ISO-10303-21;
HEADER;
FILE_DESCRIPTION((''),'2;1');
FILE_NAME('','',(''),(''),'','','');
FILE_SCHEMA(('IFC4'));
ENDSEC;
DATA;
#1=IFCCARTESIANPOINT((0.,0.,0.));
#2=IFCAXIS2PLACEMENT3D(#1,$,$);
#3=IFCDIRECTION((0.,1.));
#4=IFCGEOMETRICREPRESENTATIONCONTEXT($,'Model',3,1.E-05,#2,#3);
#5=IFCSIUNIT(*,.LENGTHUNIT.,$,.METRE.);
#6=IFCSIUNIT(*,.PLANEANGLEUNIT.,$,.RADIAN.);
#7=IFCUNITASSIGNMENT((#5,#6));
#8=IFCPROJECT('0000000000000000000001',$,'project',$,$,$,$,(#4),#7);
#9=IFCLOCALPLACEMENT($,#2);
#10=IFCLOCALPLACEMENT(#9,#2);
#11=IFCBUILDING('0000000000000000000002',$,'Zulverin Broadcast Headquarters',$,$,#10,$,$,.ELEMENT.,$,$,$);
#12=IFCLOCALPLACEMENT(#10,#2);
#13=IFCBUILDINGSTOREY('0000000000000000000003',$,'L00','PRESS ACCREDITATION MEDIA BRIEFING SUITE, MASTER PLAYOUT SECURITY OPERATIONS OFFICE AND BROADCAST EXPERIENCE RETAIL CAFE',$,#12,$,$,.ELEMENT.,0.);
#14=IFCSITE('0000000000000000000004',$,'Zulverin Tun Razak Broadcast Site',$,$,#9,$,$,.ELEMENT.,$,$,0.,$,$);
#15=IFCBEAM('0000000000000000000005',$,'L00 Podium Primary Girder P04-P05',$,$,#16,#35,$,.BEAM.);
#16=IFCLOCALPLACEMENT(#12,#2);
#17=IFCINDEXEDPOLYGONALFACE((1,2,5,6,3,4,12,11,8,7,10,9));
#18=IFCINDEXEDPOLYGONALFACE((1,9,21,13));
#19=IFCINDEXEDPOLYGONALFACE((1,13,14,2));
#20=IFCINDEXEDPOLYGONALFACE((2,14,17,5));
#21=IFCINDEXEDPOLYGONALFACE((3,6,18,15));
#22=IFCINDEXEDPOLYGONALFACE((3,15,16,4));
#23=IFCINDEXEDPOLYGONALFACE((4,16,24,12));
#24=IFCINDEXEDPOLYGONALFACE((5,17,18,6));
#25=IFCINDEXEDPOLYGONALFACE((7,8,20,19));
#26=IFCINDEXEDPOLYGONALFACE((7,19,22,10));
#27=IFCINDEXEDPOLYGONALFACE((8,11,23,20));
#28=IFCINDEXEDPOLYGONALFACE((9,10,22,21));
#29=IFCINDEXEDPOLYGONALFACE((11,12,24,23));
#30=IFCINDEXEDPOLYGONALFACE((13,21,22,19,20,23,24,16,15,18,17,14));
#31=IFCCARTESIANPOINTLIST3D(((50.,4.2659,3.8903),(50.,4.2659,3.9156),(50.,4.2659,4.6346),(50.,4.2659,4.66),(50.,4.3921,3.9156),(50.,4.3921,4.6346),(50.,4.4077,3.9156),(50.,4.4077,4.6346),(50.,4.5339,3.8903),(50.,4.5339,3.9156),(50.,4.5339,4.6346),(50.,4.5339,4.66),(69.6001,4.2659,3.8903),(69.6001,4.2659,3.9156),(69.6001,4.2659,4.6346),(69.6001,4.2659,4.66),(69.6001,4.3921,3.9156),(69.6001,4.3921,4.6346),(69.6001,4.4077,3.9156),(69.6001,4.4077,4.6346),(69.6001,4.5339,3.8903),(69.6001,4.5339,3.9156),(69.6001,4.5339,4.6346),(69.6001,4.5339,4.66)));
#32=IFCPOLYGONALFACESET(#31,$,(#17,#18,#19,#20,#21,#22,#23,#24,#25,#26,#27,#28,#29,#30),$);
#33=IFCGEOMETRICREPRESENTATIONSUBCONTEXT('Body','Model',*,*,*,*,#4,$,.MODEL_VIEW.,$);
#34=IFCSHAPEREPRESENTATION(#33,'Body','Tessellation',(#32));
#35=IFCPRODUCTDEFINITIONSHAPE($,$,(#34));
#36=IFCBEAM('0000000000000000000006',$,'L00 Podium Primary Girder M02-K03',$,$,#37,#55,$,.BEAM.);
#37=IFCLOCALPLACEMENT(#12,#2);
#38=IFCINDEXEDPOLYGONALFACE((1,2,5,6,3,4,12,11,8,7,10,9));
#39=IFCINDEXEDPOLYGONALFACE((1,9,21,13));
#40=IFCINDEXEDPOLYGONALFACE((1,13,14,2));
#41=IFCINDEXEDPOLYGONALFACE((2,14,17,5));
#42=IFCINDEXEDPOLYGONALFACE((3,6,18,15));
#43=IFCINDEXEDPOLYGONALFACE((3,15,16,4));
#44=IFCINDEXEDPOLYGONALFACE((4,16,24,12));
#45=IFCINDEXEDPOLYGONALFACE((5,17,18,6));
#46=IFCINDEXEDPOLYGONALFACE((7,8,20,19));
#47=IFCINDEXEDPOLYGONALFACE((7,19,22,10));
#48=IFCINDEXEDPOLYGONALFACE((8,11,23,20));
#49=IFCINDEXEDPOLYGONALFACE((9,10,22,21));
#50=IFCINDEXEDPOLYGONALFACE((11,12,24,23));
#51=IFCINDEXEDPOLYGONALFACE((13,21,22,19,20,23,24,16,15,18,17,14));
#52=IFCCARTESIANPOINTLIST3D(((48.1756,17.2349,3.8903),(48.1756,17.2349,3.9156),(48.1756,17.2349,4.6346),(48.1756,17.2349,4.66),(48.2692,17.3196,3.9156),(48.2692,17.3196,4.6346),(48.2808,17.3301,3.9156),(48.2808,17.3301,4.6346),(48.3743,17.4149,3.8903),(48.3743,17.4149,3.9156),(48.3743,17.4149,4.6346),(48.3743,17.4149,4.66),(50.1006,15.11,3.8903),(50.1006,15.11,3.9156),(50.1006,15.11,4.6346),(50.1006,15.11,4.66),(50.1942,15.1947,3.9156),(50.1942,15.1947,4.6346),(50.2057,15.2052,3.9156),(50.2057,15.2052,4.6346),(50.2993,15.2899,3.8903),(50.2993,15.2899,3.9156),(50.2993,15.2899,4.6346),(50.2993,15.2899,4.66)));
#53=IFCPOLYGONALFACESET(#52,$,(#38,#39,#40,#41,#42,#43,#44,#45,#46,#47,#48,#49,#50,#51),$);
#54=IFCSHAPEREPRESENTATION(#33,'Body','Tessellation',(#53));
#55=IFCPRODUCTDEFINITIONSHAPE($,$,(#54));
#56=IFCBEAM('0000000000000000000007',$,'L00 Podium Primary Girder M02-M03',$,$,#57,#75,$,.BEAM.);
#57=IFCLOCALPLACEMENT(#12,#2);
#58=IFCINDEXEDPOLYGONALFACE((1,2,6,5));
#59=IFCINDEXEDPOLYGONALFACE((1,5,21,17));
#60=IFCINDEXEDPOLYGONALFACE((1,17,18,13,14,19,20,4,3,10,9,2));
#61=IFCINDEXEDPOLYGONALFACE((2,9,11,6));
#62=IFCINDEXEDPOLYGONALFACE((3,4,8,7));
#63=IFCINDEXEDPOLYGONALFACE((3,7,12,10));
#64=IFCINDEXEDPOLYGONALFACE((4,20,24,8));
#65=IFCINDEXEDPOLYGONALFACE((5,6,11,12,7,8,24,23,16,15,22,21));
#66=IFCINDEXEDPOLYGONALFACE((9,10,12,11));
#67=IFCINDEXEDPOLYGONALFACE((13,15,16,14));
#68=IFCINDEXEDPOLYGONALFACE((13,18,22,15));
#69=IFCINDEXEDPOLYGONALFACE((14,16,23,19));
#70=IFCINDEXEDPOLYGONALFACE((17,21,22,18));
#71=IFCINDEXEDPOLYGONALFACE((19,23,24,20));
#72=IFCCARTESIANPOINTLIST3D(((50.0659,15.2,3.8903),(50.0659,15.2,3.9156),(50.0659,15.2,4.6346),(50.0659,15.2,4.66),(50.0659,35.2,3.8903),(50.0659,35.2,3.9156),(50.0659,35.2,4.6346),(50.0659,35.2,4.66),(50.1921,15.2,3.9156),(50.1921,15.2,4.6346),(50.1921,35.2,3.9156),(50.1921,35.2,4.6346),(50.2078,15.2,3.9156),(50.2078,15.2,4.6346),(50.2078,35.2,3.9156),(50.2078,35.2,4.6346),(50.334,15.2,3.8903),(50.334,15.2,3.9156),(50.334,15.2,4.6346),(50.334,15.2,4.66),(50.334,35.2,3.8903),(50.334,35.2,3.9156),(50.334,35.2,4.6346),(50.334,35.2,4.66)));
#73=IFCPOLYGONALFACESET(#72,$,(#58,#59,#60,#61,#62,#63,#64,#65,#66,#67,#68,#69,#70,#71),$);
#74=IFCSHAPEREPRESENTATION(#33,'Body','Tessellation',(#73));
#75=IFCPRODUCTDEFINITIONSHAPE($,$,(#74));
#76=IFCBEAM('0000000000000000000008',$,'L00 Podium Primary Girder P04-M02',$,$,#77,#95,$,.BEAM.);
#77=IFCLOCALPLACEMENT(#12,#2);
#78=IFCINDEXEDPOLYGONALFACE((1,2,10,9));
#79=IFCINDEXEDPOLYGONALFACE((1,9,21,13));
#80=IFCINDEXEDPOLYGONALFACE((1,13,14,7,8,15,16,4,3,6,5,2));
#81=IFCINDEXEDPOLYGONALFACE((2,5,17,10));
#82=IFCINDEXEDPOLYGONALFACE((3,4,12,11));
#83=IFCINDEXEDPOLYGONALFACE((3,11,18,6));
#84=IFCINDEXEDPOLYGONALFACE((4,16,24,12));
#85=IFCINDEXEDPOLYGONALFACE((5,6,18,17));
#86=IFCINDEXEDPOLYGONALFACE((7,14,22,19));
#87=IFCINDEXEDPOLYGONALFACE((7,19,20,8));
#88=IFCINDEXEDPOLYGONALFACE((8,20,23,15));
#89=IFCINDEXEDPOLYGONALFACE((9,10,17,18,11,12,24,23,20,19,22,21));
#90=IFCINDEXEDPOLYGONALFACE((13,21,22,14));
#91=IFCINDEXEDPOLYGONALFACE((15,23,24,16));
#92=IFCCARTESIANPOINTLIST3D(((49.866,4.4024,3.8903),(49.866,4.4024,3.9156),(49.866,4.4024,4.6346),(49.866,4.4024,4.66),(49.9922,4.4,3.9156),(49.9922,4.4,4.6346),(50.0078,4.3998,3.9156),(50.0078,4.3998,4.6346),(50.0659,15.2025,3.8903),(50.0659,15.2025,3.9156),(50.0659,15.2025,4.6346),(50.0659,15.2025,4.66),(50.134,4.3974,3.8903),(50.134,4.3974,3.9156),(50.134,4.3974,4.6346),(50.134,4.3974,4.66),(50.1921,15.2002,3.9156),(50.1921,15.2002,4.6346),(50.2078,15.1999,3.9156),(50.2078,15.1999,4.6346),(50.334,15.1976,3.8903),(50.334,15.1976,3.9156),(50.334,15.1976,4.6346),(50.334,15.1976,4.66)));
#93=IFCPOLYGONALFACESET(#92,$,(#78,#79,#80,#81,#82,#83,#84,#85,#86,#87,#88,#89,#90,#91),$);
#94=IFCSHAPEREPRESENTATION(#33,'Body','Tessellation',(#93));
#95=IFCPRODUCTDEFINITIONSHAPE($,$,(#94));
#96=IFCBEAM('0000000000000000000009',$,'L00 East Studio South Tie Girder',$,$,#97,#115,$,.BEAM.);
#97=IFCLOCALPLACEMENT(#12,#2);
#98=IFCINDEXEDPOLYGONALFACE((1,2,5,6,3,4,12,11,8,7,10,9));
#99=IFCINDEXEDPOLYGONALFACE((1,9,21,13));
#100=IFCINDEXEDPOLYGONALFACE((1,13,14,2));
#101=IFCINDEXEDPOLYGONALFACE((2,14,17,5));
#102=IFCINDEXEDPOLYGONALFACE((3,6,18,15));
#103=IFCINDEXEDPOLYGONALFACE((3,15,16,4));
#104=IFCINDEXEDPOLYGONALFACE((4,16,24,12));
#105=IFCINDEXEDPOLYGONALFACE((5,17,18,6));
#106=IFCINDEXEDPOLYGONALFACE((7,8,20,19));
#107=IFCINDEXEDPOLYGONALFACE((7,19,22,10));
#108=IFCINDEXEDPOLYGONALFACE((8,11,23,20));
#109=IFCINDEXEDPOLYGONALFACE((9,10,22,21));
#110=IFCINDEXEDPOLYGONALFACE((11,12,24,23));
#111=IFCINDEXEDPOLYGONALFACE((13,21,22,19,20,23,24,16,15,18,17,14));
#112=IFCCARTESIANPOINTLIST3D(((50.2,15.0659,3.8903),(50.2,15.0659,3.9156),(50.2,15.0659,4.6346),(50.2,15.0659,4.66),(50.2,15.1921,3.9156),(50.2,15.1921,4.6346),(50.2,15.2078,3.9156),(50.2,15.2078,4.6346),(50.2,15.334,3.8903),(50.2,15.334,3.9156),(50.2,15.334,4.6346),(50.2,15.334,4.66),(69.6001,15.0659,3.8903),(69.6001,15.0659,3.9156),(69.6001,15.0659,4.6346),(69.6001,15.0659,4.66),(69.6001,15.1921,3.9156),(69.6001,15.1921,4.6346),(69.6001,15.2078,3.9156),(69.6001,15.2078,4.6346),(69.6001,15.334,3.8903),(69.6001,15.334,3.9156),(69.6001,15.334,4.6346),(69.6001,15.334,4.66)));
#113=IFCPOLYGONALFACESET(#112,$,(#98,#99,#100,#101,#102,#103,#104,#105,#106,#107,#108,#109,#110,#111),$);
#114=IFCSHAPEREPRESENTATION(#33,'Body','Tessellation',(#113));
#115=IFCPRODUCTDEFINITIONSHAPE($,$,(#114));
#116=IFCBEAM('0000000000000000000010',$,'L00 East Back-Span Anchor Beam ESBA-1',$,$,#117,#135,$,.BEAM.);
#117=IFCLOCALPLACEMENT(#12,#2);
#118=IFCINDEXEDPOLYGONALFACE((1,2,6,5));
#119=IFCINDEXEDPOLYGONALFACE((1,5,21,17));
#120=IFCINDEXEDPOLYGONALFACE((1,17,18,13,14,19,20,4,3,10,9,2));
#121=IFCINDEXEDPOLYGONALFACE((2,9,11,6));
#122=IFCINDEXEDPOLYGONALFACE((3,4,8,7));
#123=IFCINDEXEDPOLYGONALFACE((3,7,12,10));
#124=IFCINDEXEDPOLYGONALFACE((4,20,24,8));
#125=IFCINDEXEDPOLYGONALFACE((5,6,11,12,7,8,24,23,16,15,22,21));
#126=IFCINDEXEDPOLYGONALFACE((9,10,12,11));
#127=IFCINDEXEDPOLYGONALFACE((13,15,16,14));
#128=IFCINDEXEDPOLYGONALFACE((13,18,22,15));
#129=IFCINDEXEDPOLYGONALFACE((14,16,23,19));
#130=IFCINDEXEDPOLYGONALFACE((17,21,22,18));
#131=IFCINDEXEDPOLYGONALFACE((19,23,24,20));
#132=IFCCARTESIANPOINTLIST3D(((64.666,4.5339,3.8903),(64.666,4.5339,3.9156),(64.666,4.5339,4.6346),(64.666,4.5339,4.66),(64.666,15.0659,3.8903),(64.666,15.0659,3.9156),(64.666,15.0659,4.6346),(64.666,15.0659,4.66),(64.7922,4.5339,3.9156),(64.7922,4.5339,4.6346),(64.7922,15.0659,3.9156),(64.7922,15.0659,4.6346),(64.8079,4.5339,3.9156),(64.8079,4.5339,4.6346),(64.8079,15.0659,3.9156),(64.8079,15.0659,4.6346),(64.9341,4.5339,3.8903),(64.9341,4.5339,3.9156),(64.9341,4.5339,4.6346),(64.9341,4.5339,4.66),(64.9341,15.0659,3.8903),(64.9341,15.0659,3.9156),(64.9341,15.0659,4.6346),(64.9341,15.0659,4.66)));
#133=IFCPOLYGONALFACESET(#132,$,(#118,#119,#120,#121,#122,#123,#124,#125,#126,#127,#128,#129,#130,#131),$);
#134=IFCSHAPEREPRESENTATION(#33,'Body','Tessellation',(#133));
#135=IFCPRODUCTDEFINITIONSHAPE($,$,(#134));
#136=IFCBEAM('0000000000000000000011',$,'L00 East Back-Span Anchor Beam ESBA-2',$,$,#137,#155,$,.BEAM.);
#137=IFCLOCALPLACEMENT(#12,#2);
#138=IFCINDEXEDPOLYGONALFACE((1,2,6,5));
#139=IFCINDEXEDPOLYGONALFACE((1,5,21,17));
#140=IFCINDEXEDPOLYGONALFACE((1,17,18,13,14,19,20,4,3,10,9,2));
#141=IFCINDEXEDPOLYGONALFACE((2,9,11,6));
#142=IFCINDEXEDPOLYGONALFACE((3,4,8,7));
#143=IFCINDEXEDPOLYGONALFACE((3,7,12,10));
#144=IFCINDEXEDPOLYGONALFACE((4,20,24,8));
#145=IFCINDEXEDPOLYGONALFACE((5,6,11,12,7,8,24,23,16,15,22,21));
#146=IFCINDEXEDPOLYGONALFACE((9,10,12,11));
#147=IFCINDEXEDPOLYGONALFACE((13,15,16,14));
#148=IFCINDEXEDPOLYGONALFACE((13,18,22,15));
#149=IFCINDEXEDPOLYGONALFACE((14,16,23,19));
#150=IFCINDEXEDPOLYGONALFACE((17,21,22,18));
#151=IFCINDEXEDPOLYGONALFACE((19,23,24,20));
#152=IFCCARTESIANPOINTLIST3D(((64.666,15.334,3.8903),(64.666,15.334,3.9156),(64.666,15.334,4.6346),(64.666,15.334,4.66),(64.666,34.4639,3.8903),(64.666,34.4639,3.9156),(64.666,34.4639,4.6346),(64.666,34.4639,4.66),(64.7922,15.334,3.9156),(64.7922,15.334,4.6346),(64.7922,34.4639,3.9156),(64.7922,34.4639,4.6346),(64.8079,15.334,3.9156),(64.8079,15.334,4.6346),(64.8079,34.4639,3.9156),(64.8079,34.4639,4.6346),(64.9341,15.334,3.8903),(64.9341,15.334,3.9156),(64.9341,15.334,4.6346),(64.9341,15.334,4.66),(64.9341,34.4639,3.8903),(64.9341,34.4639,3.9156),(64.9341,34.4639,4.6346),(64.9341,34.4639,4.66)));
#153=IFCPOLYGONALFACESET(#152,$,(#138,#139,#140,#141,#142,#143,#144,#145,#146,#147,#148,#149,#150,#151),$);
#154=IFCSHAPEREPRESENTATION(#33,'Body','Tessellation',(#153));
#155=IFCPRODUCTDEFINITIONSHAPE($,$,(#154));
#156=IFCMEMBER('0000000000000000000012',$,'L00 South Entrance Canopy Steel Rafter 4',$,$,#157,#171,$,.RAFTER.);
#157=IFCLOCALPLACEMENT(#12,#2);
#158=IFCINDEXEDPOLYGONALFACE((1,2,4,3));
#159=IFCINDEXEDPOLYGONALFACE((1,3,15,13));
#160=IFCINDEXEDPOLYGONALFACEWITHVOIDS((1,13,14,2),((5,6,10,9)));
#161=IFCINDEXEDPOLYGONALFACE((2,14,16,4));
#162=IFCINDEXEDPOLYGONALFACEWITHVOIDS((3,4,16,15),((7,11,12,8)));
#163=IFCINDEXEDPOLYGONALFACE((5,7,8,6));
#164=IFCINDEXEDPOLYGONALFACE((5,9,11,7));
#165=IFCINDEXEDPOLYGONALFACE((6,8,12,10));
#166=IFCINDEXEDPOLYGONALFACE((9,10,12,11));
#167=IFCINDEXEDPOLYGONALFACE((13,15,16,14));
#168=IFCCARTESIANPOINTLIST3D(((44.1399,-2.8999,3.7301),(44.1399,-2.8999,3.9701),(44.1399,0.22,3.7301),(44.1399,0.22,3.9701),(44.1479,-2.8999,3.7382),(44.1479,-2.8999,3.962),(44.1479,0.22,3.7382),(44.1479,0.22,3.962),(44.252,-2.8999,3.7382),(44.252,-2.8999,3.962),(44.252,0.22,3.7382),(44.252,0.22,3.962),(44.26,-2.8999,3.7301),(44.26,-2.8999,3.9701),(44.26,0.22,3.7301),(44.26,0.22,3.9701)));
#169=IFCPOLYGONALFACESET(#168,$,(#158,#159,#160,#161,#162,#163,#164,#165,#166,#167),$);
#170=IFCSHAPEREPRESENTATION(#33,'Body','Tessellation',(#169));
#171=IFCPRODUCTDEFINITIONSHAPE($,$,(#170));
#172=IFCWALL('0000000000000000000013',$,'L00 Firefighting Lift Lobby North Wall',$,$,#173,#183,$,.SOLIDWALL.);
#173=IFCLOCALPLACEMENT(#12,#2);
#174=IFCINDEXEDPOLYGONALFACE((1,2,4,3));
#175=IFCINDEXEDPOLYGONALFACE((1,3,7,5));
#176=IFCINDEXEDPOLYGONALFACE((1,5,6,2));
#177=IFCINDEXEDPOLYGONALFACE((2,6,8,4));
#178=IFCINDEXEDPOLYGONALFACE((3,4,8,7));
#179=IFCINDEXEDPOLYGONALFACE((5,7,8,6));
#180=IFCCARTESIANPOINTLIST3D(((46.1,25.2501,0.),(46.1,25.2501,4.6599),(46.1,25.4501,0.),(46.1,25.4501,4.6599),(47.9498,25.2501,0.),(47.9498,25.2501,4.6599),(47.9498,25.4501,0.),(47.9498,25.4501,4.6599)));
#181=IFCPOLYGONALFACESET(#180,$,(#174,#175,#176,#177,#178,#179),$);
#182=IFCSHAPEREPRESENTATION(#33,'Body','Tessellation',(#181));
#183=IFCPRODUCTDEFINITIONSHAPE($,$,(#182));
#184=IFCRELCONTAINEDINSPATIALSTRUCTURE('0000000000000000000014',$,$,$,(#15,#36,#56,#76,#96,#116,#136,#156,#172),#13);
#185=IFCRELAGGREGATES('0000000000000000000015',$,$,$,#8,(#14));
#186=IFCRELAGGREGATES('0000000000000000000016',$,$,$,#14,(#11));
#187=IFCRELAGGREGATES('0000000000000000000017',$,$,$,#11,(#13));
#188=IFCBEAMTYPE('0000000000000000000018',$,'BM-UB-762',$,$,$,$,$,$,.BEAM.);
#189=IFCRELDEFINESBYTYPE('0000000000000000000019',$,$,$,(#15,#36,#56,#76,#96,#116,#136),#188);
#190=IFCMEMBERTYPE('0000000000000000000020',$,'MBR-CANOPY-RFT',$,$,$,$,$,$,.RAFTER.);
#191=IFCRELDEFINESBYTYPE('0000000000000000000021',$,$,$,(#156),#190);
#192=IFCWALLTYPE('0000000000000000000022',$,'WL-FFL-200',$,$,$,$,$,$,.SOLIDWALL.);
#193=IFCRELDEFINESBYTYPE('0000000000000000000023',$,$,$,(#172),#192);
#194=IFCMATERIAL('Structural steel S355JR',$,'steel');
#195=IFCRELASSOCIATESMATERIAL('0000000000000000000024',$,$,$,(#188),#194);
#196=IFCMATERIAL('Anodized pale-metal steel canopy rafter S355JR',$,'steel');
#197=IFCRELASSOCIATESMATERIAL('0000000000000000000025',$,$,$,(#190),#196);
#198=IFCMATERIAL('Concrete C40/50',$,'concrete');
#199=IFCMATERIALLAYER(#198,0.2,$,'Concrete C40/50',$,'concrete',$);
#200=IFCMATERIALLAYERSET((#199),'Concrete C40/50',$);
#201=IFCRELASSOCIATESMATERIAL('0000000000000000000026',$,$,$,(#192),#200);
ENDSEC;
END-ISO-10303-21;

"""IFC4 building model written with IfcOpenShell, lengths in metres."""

from ifc_helpers import new_model, si_unit, direction, frame, frame_2d, origin, origin_2d, place, context, subcontext, project, spatial, rectangle, hollow_rectangle, i_section, extrude, material, layer, layer_set, material_profile, profile_set, type_object, element, save


model = new_model("IFC4")

# Units and contexts
model_context = context("Model", 3, precision=1e-05, world=origin(), true_north=direction((0.0, 1.0)))
body_context = subcontext(model_context, "Body", "Model", "MODEL_VIEW")
ifc_project = project(units=[si_unit("LENGTHUNIT", "METRE"), si_unit("PLANEANGLEUNIT", "RADIAN")], contexts=[model_context])

# Site, building, storey
site_placement = place(None, origin())
site = spatial("IfcSite", under=ifc_project, at=site_placement, Name="Zulverin Tun Razak Broadcast Site", CompositionType="ELEMENT", RefElevation=0.0)
building_placement = place(site_placement, origin())
building = spatial("IfcBuilding", under=site, at=building_placement, Name="Zulverin Broadcast Headquarters", CompositionType="ELEMENT")
storey_placement = place(building_placement, origin())
storey = spatial("IfcBuildingStorey", under=building, at=storey_placement, Name="L00", Description="PRESS ACCREDITATION MEDIA BRIEFING SUITE, MASTER PLAYOUT SECURITY OPERATIONS OFFICE AND BROADCAST EXPERIENCE RETAIL CAFE", CompositionType="ELEMENT", Elevation=0.0)

# Beams
ifc_material_1 = material(Name="Structural steel S355JR", Category="steel")
ifc_material_profile_1 = material_profile(ifc_material_1, i_section(OverallWidth=0.2681, OverallDepth=0.7698, WebThickness=0.0156, FlangeThickness=0.0254, at=origin_2d()), Name="Structural steel S355JR", Category="steel")
ifc_profile_set_1 = profile_set([ifc_material_profile_1], Name="Structural steel S355JR")
beam_type_1 = type_object("IfcBeamType", Name="BM-UB-762", PredefinedType="BEAM", material=ifc_profile_set_1)
beam_1_placement = place(storey_placement, frame((50.0, 4.3999, 4.2751), z_axis=(1.0, 0.0, 0.0), x_axis=(0.0, 1.0, 0.0)))
element("IfcBeam", 1, at=beam_1_placement, inside=storey, type_object=beam_type_1, Name="L00 Podium Primary Girder P04-P05", PredefinedType="BEAM", context=body_context, shape_type="SweptSolid", body=[
    extrude(i_section(OverallWidth=0.2681, OverallDepth=0.7698, WebThickness=0.0156, FlangeThickness=0.0254, at=origin_2d()), origin(), (0.0, 0.0, 1.0), 19.6001),
])
beam_2_placement = place(storey_placement, frame((50.2, 15.2, 4.2751), z_axis=(-0.671379, 0.741114, 0.0), x_axis=(-0.741114, -0.671379, 0.0)))
element("IfcBeam", 2, at=beam_2_placement, inside=storey, type_object=beam_type_1, Name="L00 Podium Primary Girder M02-K03", PredefinedType="BEAM", context=body_context, shape_type="SweptSolid", body=[
    extrude(i_section(OverallWidth=0.2681, OverallDepth=0.7698, WebThickness=0.0156, FlangeThickness=0.0254, at=origin_2d()), origin(), (0.0, 0.0, 1.0), 2.8672),
])
beam_3_placement = place(storey_placement, frame((50.2, 15.2, 4.2751), z_axis=(0.0, 1.0, 0.0), x_axis=(-1.0, 0.0, 0.0)))
element("IfcBeam", 3, at=beam_3_placement, inside=storey, type_object=beam_type_1, Name="L00 Podium Primary Girder M02-M03", PredefinedType="BEAM", context=body_context, shape_type="SweptSolid", body=[
    extrude(i_section(OverallWidth=0.2681, OverallDepth=0.7698, WebThickness=0.0156, FlangeThickness=0.0254, at=origin_2d()), origin(), (0.0, 0.0, 1.0), 20.0),
])
beam_4_placement = place(storey_placement, frame((50.0, 4.3999, 4.2751), z_axis=(0.018511, 0.999829, 0.0), x_axis=(-0.999829, 0.018511, 0.0)))
element("IfcBeam", 4, at=beam_4_placement, inside=storey, type_object=beam_type_1, Name="L00 Podium Primary Girder P04-M02", PredefinedType="BEAM", context=body_context, shape_type="SweptSolid", body=[
    extrude(i_section(OverallWidth=0.2681, OverallDepth=0.7698, WebThickness=0.0156, FlangeThickness=0.0254, at=origin_2d()), origin(), (0.0, 0.0, 1.0), 10.802),
])
beam_5_placement = place(storey_placement, frame((50.2, 15.2, 4.2751), z_axis=(1.0, 0.0, 0.0), x_axis=(0.0, 1.0, 0.0)))
element("IfcBeam", 5, at=beam_5_placement, inside=storey, type_object=beam_type_1, Name="L00 East Studio South Tie Girder", PredefinedType="BEAM", context=body_context, shape_type="SweptSolid", body=[
    extrude(i_section(OverallWidth=0.2681, OverallDepth=0.7698, WebThickness=0.0156, FlangeThickness=0.0254, at=origin_2d()), origin(), (0.0, 0.0, 1.0), 19.4001),
])
beam_6_placement = place(storey_placement, frame((64.8, 4.5339, 4.2751), z_axis=(0.0, 1.0, 0.0), x_axis=(-1.0, 0.0, 0.0)))
element("IfcBeam", 6, at=beam_6_placement, inside=storey, type_object=beam_type_1, Name="L00 East Back-Span Anchor Beam ESBA-1", PredefinedType="BEAM", context=body_context, shape_type="SweptSolid", body=[
    extrude(i_section(OverallWidth=0.2681, OverallDepth=0.7698, WebThickness=0.0156, FlangeThickness=0.0254, at=origin_2d()), origin(), (0.0, 0.0, 1.0), 10.532),
])
beam_7_placement = place(storey_placement, frame((64.8, 15.334, 4.2751), z_axis=(0.0, 1.0, 0.0), x_axis=(-1.0, 0.0, 0.0)))
element("IfcBeam", 7, at=beam_7_placement, inside=storey, type_object=beam_type_1, Name="L00 East Back-Span Anchor Beam ESBA-2", PredefinedType="BEAM", context=body_context, shape_type="SweptSolid", body=[
    extrude(i_section(OverallWidth=0.2681, OverallDepth=0.7698, WebThickness=0.0156, FlangeThickness=0.0254, at=origin_2d()), origin(), (0.0, 0.0, 1.0), 19.1299),
])

# Member
ifc_material_2 = material(Name="Anodized pale-metal steel canopy rafter S355JR", Category="steel")
ifc_material_profile_2 = material_profile(ifc_material_2, hollow_rectangle(XDim=0.1201, YDim=0.24, WallThickness=0.0081, at=origin_2d()), Name="Anodized pale-metal steel canopy rafter S355JR", Category="steel")
ifc_profile_set_2 = profile_set([ifc_material_profile_2], Name="Anodized pale-metal steel canopy rafter S355JR")
member_type = type_object("IfcMemberType", Name="MBR-CANOPY-RFT", PredefinedType="RAFTER", material=ifc_profile_set_2)
member_placement = place(storey_placement, frame((44.2, 0.22, 3.8501), z_axis=(0.0, -1.0, 0.0), x_axis=(1.0, 0.0, 0.0)))
element("IfcMember", 8, at=member_placement, inside=storey, type_object=member_type, Name="L00 South Entrance Canopy Steel Rafter 4", PredefinedType="RAFTER", context=body_context, shape_type="SweptSolid", body=[
    extrude(hollow_rectangle(XDim=0.1201, YDim=0.24, WallThickness=0.0081, at=origin_2d()), origin(), (0.0, 0.0, 1.0), 3.1199),
])

# Wall
ifc_material_3 = material(Name="Concrete C40/50", Category="concrete")
ifc_layer_1 = layer(ifc_material_3, 0.2, Name="Concrete C40/50", Category="concrete")
ifc_layer_set_1 = layer_set([ifc_layer_1], Name="Concrete C40/50")
wall_type_1 = type_object("IfcWallType", Name="WL-FFL-200", PredefinedType="SOLIDWALL", material=ifc_layer_set_1)
wall_1_placement = place(storey_placement, frame((46.1001, 25.3501, 0.0), z_axis=(0.0, 0.0, 1.0), x_axis=(1.0, 0.0, 0.0)))
element("IfcWall", 9, at=wall_1_placement, inside=storey, type_object=wall_type_1, Name="L00 Firefighting Lift Lobby North Wall", PredefinedType="SOLIDWALL", context=body_context, shape_type="SweptSolid", body=[
    extrude(rectangle(XDim=1.8499, YDim=0.2, at=frame_2d((0.9248, 0.0))), origin(), (0.0, 0.0, 1.0), 4.6599),
])

save(model, "model.ifc")
